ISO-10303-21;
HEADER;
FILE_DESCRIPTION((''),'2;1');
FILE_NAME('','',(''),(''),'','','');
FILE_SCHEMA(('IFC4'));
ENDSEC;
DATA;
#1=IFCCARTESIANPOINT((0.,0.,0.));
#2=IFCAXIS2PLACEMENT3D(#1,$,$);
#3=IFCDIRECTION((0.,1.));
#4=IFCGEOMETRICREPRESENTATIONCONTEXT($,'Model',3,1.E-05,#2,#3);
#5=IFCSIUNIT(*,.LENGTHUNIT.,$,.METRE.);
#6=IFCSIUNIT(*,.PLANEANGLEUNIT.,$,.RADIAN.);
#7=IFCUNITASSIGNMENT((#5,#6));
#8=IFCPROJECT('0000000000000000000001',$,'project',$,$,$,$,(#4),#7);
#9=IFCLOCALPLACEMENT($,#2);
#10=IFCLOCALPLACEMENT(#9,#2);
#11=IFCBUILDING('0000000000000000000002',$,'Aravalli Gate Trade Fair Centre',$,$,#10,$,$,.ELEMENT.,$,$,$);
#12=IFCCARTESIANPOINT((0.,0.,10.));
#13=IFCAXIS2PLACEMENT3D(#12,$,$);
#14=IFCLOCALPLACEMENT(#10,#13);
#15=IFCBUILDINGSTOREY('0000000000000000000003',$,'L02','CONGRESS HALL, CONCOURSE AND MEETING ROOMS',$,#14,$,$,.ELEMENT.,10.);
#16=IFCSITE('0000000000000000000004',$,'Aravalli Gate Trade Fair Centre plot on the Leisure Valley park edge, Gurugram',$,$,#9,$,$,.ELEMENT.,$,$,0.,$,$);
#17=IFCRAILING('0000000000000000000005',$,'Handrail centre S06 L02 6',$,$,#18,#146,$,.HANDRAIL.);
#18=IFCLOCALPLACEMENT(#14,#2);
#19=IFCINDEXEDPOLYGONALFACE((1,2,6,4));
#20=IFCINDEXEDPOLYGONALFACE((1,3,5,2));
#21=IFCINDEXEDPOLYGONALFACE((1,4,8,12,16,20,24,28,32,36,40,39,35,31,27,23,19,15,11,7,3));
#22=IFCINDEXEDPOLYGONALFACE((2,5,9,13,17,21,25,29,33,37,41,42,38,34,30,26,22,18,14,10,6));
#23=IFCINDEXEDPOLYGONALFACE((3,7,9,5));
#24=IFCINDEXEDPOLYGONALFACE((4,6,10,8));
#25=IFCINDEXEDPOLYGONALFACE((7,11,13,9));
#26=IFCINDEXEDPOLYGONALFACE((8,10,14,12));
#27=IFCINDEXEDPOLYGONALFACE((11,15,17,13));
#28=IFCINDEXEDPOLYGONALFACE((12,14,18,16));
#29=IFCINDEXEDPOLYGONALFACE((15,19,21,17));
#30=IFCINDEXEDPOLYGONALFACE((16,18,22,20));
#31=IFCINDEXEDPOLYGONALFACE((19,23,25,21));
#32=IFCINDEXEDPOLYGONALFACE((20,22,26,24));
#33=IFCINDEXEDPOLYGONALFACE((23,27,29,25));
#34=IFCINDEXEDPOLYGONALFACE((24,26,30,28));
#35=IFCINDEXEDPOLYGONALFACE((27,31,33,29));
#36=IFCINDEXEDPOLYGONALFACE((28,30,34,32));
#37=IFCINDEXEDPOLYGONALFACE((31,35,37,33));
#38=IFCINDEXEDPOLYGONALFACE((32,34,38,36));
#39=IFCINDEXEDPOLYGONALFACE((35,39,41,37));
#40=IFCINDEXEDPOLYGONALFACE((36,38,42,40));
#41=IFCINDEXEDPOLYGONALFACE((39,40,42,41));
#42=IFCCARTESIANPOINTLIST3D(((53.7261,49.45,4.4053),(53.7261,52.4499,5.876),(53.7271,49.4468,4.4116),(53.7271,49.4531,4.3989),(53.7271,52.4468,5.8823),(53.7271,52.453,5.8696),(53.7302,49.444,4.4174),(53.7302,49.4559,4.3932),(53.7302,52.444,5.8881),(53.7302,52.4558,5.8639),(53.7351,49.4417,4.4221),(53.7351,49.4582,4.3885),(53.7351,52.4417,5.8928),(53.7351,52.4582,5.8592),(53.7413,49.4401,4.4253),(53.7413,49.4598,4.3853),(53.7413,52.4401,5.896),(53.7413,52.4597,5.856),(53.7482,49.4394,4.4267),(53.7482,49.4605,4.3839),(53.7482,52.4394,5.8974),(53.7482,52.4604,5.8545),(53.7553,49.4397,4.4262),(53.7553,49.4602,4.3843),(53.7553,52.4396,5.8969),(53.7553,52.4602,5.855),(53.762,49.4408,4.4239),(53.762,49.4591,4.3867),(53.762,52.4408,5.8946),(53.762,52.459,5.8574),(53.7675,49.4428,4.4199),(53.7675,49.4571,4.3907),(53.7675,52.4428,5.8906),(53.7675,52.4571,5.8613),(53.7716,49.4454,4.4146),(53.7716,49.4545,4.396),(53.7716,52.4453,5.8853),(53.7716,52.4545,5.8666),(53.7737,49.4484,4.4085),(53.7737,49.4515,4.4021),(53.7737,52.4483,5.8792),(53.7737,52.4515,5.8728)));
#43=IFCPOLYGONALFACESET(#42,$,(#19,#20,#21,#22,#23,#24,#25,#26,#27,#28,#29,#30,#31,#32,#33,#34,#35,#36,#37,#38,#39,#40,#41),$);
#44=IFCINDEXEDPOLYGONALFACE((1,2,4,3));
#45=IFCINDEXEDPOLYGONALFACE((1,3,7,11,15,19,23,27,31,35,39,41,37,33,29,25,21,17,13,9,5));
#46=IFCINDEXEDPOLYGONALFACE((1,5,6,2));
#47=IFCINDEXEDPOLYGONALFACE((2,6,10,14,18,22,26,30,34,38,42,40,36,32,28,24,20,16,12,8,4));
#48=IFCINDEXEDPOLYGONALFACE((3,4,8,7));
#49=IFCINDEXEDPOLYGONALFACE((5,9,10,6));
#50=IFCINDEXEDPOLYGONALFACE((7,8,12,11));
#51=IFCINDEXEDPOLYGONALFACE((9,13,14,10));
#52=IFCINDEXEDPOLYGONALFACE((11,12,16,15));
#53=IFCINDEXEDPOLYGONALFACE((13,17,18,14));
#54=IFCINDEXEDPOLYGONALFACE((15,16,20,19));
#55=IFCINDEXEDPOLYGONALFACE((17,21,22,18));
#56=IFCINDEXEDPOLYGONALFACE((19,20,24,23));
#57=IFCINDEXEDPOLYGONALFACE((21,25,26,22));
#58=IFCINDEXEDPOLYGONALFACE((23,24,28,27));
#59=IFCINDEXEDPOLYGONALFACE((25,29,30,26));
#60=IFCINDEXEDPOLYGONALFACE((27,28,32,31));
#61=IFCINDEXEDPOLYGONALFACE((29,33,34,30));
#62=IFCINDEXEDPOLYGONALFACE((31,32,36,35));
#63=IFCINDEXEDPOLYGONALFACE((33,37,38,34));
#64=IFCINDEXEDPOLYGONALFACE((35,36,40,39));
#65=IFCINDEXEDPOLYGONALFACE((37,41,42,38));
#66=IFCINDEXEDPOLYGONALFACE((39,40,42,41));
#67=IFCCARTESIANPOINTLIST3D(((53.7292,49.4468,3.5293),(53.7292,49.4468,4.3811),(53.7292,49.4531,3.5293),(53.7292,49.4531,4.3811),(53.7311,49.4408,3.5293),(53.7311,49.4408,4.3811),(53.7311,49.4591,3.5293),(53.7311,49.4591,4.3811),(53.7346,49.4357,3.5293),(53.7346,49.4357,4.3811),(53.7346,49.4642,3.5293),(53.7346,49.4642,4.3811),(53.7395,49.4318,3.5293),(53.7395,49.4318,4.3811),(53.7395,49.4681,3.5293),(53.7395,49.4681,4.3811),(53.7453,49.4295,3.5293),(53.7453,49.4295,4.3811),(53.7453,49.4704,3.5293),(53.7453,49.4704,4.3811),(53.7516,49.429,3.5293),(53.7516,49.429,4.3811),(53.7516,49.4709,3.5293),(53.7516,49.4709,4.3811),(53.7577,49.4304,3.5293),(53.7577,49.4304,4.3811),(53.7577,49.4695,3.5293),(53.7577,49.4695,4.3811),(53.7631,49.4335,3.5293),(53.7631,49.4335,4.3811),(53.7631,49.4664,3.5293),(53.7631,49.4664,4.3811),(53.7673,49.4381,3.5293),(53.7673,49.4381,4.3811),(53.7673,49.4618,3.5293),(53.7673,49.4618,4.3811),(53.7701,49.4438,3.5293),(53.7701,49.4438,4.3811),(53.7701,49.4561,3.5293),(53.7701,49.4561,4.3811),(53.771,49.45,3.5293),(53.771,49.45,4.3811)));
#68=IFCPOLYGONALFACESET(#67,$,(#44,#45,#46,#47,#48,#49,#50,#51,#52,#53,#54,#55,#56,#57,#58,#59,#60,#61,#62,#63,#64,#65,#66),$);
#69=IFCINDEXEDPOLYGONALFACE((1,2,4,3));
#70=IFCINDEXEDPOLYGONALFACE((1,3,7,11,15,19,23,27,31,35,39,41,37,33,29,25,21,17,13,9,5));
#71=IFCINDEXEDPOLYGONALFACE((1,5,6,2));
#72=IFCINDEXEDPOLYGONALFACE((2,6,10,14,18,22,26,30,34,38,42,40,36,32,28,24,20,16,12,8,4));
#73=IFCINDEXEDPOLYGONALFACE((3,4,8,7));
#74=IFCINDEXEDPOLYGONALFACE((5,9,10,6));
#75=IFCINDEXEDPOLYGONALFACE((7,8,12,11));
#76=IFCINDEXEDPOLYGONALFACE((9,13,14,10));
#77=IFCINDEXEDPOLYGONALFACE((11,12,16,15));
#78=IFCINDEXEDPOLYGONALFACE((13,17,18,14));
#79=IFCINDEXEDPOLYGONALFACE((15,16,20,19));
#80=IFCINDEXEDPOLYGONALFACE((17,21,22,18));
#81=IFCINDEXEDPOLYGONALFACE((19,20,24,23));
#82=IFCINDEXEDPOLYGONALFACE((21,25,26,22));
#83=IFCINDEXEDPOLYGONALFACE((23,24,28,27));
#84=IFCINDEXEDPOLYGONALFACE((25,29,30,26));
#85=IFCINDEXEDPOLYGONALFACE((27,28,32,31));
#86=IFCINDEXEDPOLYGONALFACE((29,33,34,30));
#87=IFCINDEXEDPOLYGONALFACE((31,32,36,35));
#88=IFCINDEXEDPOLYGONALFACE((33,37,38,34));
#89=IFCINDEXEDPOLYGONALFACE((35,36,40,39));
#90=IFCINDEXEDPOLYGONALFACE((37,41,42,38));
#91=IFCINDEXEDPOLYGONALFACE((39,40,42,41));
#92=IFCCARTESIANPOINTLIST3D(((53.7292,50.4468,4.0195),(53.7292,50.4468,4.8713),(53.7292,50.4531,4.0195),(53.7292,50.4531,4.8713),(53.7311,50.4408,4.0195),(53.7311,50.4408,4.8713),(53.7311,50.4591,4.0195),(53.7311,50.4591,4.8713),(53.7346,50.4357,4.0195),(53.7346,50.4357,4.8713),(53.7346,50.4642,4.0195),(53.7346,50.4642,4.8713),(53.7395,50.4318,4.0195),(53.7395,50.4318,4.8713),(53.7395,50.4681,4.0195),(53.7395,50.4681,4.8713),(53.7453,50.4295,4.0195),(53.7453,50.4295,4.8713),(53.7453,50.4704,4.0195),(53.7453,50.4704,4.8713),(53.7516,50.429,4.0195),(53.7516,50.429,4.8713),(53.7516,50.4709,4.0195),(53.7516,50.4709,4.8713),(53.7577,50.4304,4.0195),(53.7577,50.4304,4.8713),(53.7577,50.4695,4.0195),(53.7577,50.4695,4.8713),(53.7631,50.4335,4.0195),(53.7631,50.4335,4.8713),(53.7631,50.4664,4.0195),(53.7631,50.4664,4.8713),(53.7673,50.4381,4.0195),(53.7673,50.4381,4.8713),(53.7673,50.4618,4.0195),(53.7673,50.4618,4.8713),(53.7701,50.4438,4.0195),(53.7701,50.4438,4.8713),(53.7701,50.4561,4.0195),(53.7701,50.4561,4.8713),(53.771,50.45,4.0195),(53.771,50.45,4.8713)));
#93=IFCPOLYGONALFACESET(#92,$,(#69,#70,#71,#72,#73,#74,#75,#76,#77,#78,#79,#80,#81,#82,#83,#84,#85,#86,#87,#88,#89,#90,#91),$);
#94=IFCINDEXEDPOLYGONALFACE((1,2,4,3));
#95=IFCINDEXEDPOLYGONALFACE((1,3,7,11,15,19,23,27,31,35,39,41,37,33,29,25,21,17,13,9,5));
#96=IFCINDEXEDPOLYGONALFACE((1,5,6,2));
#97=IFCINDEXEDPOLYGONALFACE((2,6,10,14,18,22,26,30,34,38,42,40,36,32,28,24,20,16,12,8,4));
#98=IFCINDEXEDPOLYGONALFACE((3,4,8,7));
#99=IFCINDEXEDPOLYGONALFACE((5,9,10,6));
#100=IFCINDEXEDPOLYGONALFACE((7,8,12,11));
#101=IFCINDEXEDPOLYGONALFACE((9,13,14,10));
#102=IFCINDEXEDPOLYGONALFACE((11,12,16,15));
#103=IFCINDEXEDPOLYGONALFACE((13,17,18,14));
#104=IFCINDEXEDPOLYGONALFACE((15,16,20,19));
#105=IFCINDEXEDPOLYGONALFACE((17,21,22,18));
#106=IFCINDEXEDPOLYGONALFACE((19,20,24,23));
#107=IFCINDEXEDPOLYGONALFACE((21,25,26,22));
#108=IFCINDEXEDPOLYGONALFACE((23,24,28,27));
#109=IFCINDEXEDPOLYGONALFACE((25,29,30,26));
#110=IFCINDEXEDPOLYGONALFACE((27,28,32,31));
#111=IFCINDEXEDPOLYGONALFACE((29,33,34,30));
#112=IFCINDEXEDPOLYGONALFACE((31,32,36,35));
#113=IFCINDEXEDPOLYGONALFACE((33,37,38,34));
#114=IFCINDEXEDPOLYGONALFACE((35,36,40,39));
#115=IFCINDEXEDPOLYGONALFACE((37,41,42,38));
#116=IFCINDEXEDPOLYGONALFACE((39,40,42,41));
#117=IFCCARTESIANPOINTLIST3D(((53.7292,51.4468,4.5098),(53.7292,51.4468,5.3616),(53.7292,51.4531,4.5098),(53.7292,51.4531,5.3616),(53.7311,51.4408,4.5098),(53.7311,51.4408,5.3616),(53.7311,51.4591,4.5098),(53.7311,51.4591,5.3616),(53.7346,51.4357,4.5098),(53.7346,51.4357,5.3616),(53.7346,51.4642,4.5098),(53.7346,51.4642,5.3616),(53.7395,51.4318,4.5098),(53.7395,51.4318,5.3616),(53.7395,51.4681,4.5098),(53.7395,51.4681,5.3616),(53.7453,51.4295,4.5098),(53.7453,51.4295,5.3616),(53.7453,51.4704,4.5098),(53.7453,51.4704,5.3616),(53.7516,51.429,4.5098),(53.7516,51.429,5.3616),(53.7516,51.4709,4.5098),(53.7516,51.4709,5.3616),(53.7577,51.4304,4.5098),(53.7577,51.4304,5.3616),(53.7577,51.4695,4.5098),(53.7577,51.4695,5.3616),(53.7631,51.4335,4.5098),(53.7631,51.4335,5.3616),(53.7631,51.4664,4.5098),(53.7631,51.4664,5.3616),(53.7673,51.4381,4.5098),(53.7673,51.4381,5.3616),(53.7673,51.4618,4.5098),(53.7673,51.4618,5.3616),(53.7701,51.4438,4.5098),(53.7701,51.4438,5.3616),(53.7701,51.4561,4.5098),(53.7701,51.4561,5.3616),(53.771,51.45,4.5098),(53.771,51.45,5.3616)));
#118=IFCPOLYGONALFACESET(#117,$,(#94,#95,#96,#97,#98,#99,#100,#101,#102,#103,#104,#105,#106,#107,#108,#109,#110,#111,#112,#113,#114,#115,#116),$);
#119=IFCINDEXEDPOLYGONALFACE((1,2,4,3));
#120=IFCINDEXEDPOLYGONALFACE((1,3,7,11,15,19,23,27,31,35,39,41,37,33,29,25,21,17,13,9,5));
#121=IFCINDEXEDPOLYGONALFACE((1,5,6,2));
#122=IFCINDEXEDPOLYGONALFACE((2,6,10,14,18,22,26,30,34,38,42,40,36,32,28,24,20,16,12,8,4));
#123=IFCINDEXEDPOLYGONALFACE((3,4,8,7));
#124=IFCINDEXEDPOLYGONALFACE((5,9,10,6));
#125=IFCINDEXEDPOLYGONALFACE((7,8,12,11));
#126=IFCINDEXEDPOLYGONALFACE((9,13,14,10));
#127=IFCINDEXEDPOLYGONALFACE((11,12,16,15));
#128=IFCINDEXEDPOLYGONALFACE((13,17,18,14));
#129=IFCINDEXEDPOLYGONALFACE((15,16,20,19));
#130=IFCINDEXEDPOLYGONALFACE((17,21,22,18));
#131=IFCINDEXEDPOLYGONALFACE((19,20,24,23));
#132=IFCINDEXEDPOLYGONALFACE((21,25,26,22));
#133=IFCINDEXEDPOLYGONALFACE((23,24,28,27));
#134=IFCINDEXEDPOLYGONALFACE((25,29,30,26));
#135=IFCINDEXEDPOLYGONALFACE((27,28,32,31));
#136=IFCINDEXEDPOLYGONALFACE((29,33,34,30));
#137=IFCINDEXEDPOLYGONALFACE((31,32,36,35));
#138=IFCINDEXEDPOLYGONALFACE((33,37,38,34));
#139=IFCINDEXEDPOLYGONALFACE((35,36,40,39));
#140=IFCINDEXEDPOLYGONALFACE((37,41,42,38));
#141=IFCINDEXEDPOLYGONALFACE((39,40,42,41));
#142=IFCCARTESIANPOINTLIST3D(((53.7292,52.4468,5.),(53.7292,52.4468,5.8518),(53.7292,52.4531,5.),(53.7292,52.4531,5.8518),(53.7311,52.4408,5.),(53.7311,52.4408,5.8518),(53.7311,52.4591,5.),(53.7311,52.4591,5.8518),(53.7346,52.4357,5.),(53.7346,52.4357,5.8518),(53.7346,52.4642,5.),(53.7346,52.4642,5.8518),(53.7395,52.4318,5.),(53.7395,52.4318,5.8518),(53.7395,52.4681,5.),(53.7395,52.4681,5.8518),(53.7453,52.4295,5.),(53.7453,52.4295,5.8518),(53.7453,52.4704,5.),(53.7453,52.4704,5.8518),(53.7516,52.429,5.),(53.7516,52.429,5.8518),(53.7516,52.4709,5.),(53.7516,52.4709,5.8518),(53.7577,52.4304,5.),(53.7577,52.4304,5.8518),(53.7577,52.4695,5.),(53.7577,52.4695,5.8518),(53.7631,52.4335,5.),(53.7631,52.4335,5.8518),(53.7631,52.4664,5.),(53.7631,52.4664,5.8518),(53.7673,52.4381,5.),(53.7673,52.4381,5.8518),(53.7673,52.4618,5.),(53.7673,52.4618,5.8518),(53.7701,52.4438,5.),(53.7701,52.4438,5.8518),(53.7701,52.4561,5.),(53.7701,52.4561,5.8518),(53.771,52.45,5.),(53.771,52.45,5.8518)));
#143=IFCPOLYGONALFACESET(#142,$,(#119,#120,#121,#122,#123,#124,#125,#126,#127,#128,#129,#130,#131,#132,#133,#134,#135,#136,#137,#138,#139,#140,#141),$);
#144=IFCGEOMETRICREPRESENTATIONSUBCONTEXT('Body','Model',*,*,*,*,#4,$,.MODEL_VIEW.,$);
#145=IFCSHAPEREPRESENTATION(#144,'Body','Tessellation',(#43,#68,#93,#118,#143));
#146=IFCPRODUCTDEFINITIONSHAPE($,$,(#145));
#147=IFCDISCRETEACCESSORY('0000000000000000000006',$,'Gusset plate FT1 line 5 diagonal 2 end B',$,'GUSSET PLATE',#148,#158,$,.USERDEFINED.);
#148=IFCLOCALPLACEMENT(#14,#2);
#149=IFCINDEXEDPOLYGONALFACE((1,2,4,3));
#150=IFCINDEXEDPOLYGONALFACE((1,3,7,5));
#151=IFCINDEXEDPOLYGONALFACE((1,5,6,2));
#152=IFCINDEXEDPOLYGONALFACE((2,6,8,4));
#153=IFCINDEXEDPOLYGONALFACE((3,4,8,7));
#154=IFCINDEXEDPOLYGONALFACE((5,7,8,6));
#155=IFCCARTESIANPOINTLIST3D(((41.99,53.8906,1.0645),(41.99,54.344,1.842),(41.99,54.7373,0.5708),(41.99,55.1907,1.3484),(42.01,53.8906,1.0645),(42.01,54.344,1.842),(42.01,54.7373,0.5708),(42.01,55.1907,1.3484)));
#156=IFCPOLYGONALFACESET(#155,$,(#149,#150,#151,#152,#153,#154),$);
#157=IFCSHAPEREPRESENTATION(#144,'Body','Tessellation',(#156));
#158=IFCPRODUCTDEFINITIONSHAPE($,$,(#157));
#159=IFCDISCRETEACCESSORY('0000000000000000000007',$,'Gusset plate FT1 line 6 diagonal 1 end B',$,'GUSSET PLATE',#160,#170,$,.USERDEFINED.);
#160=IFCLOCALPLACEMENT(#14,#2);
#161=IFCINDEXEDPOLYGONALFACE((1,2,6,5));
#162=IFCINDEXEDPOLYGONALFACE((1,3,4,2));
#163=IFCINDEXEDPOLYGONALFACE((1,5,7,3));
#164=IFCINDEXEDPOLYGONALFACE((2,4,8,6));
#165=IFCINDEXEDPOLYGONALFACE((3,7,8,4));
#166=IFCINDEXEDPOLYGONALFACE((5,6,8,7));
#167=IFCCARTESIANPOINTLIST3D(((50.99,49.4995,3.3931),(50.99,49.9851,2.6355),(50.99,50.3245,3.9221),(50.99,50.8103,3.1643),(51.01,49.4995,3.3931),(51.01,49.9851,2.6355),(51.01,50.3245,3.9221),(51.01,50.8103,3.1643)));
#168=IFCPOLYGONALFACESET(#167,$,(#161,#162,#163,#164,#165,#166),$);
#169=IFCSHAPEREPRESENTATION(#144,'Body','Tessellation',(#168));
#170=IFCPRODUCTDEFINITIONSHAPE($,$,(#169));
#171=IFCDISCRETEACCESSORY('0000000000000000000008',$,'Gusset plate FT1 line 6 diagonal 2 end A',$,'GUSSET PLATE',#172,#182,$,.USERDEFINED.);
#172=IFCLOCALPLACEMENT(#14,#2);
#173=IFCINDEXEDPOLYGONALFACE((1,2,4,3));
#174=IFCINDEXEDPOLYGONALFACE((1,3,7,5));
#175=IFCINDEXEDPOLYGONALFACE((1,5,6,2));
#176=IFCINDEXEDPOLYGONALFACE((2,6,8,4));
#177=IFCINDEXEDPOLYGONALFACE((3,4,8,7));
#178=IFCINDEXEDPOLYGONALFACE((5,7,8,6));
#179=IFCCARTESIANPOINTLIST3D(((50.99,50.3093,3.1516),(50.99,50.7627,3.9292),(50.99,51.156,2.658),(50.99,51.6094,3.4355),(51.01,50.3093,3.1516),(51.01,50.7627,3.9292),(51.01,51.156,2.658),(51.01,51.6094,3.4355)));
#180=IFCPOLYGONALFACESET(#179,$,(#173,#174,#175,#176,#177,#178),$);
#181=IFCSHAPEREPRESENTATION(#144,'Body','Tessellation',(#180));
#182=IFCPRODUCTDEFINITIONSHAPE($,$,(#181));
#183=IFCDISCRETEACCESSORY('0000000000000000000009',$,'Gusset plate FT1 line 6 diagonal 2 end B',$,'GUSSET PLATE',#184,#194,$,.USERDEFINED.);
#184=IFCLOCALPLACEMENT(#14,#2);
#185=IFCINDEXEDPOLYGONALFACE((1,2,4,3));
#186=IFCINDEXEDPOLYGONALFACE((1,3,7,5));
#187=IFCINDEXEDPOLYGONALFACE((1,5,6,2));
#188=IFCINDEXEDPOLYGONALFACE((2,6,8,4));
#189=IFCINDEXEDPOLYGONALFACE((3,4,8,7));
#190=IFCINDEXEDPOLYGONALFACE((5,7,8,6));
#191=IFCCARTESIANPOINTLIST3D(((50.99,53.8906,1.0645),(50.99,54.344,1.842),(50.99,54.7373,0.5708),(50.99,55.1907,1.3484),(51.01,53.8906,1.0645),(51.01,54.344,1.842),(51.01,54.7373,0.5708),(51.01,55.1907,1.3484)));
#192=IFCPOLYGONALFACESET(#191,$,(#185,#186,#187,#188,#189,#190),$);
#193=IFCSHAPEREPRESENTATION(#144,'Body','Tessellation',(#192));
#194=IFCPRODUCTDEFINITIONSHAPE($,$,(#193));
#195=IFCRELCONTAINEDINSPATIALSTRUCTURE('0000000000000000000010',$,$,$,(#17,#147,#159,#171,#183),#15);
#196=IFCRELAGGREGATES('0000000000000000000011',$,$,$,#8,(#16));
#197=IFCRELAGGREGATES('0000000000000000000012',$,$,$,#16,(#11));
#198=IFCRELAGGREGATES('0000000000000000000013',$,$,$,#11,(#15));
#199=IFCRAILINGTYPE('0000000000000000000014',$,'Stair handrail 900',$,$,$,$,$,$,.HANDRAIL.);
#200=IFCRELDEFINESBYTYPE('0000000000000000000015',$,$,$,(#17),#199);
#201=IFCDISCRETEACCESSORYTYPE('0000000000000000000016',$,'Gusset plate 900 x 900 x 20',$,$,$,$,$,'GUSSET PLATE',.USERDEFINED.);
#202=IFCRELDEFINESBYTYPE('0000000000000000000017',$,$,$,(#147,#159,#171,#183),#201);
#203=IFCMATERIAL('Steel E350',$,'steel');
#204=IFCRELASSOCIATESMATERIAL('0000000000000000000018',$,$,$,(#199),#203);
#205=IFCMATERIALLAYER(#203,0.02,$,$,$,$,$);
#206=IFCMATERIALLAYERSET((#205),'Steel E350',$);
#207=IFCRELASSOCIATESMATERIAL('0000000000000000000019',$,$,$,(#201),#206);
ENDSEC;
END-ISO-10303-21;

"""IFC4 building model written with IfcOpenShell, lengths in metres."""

from ifc_helpers import new_model, si_unit, direction, frame, origin, origin_2d, place, context, subcontext, project, spatial, polyline, circle, outline, extrude, material, layer, layer_set, type_object, element, save


model = new_model("IFC4")

# Units and contexts
model_context = context("Model", 3, precision=1e-05, world=origin(), true_north=direction((0.0, 1.0)))
body_context = subcontext(model_context, "Body", "Model", "MODEL_VIEW")
ifc_project = project(units=[si_unit("LENGTHUNIT", "METRE"), si_unit("PLANEANGLEUNIT", "RADIAN")], contexts=[model_context])

# Site, building, storey
site_placement = place(None, origin())
site = spatial("IfcSite", under=ifc_project, at=site_placement, Name="Aravalli Gate Trade Fair Centre plot on the Leisure Valley park edge, Gurugram", CompositionType="ELEMENT", RefElevation=0.0)
building_placement = place(site_placement, origin())
building = spatial("IfcBuilding", under=site, at=building_placement, Name="Aravalli Gate Trade Fair Centre", CompositionType="ELEMENT")
storey_placement = place(building_placement, frame((0.0, 0.0, 10.0)))
storey = spatial("IfcBuildingStorey", under=building, at=storey_placement, Name="L02", Description="CONGRESS HALL, CONCOURSE AND MEETING ROOMS", CompositionType="ELEMENT", Elevation=10.0)

# Shared definitions
ifc_material_1 = material(Name="Steel E350", Category="steel")

# Railing
railing_type_1 = type_object("IfcRailingType", Name="Stair handrail 900", PredefinedType="HANDRAIL", material=ifc_material_1)
for number, where, name in (
    (1, (53.75, 49.45, 3.5293), "Handrail centre S06 L02 6"),
):
    element("IfcRailing", number, at=place(storey_placement, frame(where)), inside=storey, type_object=railing_type_1, Name=name, PredefinedType="HANDRAIL", context=body_context, shape_type="SweptSolid", body=[
        extrude(circle(Radius=0.0239, at=origin_2d()), frame((0.0, 0.0, 0.876), z_axis=(0.0, 0.897907, 0.440185), x_axis=(-1.0, 0.0, 0.0)), (0.0, 0.0, 1.0), 3.3411),
        extrude(circle(Radius=0.021, at=origin_2d()), origin(), (0.0, 0.0, 1.0), 0.8518),
        extrude(circle(Radius=0.021, at=origin_2d()), frame((0.0, 1.0, 0.4902)), (0.0, 0.0, 1.0), 0.8518),
        extrude(circle(Radius=0.021, at=origin_2d()), frame((0.0, 2.0, 0.9805)), (0.0, 0.0, 1.0), 0.8518),
        extrude(circle(Radius=0.021, at=origin_2d()), frame((0.0, 3.0, 1.4707)), (0.0, 0.0, 1.0), 0.8518),
    ])

# Discrete accessories
ifc_layer = layer(ifc_material_1, 0.02)
ifc_layer_set = layer_set([ifc_layer], Name="Steel E350")
discrete_accessory_type = type_object("IfcDiscreteAccessoryType", Name="Gusset plate 900 x 900 x 20", ElementType="GUSSET PLATE", PredefinedType="USERDEFINED", material=ifc_layer_set)
discrete_accessory_1_placement = place(storey_placement, frame((42.01, 53.8906, 1.0645), z_axis=(1.0, 0.0, 0.0), x_axis=(0.0, 0.863887, -0.503685)))
element("IfcDiscreteAccessory", 2, at=discrete_accessory_1_placement, inside=storey, type_object=discrete_accessory_type, Name="Gusset plate FT1 line 5 diagonal 2 end B", ObjectType="GUSSET PLATE", PredefinedType="USERDEFINED", context=body_context, shape_type="SweptSolid", body=[
    extrude(outline(polyline([(0.0, 0.0), (0.9801, 0.0), (0.9801, 0.9001), (0.0, 0.9001), (0.0, 0.0)])), origin(), (0.0, 0.0, -1.0), 0.02),
])
discrete_accessory_2_placement = place(storey_placement, frame((50.99, 49.4995, 3.3931), z_axis=(-1.0, 0.0, 0.0), x_axis=(0.0, 0.841769, 0.539838)))
element("IfcDiscreteAccessory", 3, at=discrete_accessory_2_placement, inside=storey, type_object=discrete_accessory_type, Name="Gusset plate FT1 line 6 diagonal 1 end B", ObjectType="GUSSET PLATE", PredefinedType="USERDEFINED", context=body_context, shape_type="SweptSolid", body=[
    extrude(outline(polyline([(0.0, 0.0), (0.98, 0.0), (0.9799, 0.9002), (-0.0002, 0.8998), (0.0, 0.0)])), origin(), (0.0, 0.0, -1.0), 0.02),
])
discrete_accessory_3_placement = place(storey_placement, frame((50.99, 51.156, 2.658), z_axis=(-1.0, 0.0, 0.0), x_axis=(0.0, -0.863887, 0.503685)))
element("IfcDiscreteAccessory", 4, at=discrete_accessory_3_placement, inside=storey, type_object=discrete_accessory_type, Name="Gusset plate FT1 line 6 diagonal 2 end A", ObjectType="GUSSET PLATE", PredefinedType="USERDEFINED", context=body_context, shape_type="SweptSolid", body=[
    extrude(outline(polyline([(0.0, 0.0), (0.9801, 0.0), (0.9801, 0.9001), (0.0, 0.9001), (0.0, 0.0)])), origin(), (0.0, 0.0, -1.0), 0.02),
])
discrete_accessory_4_placement = place(storey_placement, frame((51.01, 53.8906, 1.0645), z_axis=(1.0, 0.0, 0.0), x_axis=(0.0, 0.863887, -0.503685)))
element("IfcDiscreteAccessory", 5, at=discrete_accessory_4_placement, inside=storey, type_object=discrete_accessory_type, Name="Gusset plate FT1 line 6 diagonal 2 end B", ObjectType="GUSSET PLATE", PredefinedType="USERDEFINED", context=body_context, shape_type="SweptSolid", body=[
    extrude(outline(polyline([(0.0, 0.0), (0.9801, 0.0), (0.9801, 0.9001), (0.0, 0.9001), (0.0, 0.0)])), origin(), (0.0, 0.0, -1.0), 0.02),
])

save(model, "model.ifc")
